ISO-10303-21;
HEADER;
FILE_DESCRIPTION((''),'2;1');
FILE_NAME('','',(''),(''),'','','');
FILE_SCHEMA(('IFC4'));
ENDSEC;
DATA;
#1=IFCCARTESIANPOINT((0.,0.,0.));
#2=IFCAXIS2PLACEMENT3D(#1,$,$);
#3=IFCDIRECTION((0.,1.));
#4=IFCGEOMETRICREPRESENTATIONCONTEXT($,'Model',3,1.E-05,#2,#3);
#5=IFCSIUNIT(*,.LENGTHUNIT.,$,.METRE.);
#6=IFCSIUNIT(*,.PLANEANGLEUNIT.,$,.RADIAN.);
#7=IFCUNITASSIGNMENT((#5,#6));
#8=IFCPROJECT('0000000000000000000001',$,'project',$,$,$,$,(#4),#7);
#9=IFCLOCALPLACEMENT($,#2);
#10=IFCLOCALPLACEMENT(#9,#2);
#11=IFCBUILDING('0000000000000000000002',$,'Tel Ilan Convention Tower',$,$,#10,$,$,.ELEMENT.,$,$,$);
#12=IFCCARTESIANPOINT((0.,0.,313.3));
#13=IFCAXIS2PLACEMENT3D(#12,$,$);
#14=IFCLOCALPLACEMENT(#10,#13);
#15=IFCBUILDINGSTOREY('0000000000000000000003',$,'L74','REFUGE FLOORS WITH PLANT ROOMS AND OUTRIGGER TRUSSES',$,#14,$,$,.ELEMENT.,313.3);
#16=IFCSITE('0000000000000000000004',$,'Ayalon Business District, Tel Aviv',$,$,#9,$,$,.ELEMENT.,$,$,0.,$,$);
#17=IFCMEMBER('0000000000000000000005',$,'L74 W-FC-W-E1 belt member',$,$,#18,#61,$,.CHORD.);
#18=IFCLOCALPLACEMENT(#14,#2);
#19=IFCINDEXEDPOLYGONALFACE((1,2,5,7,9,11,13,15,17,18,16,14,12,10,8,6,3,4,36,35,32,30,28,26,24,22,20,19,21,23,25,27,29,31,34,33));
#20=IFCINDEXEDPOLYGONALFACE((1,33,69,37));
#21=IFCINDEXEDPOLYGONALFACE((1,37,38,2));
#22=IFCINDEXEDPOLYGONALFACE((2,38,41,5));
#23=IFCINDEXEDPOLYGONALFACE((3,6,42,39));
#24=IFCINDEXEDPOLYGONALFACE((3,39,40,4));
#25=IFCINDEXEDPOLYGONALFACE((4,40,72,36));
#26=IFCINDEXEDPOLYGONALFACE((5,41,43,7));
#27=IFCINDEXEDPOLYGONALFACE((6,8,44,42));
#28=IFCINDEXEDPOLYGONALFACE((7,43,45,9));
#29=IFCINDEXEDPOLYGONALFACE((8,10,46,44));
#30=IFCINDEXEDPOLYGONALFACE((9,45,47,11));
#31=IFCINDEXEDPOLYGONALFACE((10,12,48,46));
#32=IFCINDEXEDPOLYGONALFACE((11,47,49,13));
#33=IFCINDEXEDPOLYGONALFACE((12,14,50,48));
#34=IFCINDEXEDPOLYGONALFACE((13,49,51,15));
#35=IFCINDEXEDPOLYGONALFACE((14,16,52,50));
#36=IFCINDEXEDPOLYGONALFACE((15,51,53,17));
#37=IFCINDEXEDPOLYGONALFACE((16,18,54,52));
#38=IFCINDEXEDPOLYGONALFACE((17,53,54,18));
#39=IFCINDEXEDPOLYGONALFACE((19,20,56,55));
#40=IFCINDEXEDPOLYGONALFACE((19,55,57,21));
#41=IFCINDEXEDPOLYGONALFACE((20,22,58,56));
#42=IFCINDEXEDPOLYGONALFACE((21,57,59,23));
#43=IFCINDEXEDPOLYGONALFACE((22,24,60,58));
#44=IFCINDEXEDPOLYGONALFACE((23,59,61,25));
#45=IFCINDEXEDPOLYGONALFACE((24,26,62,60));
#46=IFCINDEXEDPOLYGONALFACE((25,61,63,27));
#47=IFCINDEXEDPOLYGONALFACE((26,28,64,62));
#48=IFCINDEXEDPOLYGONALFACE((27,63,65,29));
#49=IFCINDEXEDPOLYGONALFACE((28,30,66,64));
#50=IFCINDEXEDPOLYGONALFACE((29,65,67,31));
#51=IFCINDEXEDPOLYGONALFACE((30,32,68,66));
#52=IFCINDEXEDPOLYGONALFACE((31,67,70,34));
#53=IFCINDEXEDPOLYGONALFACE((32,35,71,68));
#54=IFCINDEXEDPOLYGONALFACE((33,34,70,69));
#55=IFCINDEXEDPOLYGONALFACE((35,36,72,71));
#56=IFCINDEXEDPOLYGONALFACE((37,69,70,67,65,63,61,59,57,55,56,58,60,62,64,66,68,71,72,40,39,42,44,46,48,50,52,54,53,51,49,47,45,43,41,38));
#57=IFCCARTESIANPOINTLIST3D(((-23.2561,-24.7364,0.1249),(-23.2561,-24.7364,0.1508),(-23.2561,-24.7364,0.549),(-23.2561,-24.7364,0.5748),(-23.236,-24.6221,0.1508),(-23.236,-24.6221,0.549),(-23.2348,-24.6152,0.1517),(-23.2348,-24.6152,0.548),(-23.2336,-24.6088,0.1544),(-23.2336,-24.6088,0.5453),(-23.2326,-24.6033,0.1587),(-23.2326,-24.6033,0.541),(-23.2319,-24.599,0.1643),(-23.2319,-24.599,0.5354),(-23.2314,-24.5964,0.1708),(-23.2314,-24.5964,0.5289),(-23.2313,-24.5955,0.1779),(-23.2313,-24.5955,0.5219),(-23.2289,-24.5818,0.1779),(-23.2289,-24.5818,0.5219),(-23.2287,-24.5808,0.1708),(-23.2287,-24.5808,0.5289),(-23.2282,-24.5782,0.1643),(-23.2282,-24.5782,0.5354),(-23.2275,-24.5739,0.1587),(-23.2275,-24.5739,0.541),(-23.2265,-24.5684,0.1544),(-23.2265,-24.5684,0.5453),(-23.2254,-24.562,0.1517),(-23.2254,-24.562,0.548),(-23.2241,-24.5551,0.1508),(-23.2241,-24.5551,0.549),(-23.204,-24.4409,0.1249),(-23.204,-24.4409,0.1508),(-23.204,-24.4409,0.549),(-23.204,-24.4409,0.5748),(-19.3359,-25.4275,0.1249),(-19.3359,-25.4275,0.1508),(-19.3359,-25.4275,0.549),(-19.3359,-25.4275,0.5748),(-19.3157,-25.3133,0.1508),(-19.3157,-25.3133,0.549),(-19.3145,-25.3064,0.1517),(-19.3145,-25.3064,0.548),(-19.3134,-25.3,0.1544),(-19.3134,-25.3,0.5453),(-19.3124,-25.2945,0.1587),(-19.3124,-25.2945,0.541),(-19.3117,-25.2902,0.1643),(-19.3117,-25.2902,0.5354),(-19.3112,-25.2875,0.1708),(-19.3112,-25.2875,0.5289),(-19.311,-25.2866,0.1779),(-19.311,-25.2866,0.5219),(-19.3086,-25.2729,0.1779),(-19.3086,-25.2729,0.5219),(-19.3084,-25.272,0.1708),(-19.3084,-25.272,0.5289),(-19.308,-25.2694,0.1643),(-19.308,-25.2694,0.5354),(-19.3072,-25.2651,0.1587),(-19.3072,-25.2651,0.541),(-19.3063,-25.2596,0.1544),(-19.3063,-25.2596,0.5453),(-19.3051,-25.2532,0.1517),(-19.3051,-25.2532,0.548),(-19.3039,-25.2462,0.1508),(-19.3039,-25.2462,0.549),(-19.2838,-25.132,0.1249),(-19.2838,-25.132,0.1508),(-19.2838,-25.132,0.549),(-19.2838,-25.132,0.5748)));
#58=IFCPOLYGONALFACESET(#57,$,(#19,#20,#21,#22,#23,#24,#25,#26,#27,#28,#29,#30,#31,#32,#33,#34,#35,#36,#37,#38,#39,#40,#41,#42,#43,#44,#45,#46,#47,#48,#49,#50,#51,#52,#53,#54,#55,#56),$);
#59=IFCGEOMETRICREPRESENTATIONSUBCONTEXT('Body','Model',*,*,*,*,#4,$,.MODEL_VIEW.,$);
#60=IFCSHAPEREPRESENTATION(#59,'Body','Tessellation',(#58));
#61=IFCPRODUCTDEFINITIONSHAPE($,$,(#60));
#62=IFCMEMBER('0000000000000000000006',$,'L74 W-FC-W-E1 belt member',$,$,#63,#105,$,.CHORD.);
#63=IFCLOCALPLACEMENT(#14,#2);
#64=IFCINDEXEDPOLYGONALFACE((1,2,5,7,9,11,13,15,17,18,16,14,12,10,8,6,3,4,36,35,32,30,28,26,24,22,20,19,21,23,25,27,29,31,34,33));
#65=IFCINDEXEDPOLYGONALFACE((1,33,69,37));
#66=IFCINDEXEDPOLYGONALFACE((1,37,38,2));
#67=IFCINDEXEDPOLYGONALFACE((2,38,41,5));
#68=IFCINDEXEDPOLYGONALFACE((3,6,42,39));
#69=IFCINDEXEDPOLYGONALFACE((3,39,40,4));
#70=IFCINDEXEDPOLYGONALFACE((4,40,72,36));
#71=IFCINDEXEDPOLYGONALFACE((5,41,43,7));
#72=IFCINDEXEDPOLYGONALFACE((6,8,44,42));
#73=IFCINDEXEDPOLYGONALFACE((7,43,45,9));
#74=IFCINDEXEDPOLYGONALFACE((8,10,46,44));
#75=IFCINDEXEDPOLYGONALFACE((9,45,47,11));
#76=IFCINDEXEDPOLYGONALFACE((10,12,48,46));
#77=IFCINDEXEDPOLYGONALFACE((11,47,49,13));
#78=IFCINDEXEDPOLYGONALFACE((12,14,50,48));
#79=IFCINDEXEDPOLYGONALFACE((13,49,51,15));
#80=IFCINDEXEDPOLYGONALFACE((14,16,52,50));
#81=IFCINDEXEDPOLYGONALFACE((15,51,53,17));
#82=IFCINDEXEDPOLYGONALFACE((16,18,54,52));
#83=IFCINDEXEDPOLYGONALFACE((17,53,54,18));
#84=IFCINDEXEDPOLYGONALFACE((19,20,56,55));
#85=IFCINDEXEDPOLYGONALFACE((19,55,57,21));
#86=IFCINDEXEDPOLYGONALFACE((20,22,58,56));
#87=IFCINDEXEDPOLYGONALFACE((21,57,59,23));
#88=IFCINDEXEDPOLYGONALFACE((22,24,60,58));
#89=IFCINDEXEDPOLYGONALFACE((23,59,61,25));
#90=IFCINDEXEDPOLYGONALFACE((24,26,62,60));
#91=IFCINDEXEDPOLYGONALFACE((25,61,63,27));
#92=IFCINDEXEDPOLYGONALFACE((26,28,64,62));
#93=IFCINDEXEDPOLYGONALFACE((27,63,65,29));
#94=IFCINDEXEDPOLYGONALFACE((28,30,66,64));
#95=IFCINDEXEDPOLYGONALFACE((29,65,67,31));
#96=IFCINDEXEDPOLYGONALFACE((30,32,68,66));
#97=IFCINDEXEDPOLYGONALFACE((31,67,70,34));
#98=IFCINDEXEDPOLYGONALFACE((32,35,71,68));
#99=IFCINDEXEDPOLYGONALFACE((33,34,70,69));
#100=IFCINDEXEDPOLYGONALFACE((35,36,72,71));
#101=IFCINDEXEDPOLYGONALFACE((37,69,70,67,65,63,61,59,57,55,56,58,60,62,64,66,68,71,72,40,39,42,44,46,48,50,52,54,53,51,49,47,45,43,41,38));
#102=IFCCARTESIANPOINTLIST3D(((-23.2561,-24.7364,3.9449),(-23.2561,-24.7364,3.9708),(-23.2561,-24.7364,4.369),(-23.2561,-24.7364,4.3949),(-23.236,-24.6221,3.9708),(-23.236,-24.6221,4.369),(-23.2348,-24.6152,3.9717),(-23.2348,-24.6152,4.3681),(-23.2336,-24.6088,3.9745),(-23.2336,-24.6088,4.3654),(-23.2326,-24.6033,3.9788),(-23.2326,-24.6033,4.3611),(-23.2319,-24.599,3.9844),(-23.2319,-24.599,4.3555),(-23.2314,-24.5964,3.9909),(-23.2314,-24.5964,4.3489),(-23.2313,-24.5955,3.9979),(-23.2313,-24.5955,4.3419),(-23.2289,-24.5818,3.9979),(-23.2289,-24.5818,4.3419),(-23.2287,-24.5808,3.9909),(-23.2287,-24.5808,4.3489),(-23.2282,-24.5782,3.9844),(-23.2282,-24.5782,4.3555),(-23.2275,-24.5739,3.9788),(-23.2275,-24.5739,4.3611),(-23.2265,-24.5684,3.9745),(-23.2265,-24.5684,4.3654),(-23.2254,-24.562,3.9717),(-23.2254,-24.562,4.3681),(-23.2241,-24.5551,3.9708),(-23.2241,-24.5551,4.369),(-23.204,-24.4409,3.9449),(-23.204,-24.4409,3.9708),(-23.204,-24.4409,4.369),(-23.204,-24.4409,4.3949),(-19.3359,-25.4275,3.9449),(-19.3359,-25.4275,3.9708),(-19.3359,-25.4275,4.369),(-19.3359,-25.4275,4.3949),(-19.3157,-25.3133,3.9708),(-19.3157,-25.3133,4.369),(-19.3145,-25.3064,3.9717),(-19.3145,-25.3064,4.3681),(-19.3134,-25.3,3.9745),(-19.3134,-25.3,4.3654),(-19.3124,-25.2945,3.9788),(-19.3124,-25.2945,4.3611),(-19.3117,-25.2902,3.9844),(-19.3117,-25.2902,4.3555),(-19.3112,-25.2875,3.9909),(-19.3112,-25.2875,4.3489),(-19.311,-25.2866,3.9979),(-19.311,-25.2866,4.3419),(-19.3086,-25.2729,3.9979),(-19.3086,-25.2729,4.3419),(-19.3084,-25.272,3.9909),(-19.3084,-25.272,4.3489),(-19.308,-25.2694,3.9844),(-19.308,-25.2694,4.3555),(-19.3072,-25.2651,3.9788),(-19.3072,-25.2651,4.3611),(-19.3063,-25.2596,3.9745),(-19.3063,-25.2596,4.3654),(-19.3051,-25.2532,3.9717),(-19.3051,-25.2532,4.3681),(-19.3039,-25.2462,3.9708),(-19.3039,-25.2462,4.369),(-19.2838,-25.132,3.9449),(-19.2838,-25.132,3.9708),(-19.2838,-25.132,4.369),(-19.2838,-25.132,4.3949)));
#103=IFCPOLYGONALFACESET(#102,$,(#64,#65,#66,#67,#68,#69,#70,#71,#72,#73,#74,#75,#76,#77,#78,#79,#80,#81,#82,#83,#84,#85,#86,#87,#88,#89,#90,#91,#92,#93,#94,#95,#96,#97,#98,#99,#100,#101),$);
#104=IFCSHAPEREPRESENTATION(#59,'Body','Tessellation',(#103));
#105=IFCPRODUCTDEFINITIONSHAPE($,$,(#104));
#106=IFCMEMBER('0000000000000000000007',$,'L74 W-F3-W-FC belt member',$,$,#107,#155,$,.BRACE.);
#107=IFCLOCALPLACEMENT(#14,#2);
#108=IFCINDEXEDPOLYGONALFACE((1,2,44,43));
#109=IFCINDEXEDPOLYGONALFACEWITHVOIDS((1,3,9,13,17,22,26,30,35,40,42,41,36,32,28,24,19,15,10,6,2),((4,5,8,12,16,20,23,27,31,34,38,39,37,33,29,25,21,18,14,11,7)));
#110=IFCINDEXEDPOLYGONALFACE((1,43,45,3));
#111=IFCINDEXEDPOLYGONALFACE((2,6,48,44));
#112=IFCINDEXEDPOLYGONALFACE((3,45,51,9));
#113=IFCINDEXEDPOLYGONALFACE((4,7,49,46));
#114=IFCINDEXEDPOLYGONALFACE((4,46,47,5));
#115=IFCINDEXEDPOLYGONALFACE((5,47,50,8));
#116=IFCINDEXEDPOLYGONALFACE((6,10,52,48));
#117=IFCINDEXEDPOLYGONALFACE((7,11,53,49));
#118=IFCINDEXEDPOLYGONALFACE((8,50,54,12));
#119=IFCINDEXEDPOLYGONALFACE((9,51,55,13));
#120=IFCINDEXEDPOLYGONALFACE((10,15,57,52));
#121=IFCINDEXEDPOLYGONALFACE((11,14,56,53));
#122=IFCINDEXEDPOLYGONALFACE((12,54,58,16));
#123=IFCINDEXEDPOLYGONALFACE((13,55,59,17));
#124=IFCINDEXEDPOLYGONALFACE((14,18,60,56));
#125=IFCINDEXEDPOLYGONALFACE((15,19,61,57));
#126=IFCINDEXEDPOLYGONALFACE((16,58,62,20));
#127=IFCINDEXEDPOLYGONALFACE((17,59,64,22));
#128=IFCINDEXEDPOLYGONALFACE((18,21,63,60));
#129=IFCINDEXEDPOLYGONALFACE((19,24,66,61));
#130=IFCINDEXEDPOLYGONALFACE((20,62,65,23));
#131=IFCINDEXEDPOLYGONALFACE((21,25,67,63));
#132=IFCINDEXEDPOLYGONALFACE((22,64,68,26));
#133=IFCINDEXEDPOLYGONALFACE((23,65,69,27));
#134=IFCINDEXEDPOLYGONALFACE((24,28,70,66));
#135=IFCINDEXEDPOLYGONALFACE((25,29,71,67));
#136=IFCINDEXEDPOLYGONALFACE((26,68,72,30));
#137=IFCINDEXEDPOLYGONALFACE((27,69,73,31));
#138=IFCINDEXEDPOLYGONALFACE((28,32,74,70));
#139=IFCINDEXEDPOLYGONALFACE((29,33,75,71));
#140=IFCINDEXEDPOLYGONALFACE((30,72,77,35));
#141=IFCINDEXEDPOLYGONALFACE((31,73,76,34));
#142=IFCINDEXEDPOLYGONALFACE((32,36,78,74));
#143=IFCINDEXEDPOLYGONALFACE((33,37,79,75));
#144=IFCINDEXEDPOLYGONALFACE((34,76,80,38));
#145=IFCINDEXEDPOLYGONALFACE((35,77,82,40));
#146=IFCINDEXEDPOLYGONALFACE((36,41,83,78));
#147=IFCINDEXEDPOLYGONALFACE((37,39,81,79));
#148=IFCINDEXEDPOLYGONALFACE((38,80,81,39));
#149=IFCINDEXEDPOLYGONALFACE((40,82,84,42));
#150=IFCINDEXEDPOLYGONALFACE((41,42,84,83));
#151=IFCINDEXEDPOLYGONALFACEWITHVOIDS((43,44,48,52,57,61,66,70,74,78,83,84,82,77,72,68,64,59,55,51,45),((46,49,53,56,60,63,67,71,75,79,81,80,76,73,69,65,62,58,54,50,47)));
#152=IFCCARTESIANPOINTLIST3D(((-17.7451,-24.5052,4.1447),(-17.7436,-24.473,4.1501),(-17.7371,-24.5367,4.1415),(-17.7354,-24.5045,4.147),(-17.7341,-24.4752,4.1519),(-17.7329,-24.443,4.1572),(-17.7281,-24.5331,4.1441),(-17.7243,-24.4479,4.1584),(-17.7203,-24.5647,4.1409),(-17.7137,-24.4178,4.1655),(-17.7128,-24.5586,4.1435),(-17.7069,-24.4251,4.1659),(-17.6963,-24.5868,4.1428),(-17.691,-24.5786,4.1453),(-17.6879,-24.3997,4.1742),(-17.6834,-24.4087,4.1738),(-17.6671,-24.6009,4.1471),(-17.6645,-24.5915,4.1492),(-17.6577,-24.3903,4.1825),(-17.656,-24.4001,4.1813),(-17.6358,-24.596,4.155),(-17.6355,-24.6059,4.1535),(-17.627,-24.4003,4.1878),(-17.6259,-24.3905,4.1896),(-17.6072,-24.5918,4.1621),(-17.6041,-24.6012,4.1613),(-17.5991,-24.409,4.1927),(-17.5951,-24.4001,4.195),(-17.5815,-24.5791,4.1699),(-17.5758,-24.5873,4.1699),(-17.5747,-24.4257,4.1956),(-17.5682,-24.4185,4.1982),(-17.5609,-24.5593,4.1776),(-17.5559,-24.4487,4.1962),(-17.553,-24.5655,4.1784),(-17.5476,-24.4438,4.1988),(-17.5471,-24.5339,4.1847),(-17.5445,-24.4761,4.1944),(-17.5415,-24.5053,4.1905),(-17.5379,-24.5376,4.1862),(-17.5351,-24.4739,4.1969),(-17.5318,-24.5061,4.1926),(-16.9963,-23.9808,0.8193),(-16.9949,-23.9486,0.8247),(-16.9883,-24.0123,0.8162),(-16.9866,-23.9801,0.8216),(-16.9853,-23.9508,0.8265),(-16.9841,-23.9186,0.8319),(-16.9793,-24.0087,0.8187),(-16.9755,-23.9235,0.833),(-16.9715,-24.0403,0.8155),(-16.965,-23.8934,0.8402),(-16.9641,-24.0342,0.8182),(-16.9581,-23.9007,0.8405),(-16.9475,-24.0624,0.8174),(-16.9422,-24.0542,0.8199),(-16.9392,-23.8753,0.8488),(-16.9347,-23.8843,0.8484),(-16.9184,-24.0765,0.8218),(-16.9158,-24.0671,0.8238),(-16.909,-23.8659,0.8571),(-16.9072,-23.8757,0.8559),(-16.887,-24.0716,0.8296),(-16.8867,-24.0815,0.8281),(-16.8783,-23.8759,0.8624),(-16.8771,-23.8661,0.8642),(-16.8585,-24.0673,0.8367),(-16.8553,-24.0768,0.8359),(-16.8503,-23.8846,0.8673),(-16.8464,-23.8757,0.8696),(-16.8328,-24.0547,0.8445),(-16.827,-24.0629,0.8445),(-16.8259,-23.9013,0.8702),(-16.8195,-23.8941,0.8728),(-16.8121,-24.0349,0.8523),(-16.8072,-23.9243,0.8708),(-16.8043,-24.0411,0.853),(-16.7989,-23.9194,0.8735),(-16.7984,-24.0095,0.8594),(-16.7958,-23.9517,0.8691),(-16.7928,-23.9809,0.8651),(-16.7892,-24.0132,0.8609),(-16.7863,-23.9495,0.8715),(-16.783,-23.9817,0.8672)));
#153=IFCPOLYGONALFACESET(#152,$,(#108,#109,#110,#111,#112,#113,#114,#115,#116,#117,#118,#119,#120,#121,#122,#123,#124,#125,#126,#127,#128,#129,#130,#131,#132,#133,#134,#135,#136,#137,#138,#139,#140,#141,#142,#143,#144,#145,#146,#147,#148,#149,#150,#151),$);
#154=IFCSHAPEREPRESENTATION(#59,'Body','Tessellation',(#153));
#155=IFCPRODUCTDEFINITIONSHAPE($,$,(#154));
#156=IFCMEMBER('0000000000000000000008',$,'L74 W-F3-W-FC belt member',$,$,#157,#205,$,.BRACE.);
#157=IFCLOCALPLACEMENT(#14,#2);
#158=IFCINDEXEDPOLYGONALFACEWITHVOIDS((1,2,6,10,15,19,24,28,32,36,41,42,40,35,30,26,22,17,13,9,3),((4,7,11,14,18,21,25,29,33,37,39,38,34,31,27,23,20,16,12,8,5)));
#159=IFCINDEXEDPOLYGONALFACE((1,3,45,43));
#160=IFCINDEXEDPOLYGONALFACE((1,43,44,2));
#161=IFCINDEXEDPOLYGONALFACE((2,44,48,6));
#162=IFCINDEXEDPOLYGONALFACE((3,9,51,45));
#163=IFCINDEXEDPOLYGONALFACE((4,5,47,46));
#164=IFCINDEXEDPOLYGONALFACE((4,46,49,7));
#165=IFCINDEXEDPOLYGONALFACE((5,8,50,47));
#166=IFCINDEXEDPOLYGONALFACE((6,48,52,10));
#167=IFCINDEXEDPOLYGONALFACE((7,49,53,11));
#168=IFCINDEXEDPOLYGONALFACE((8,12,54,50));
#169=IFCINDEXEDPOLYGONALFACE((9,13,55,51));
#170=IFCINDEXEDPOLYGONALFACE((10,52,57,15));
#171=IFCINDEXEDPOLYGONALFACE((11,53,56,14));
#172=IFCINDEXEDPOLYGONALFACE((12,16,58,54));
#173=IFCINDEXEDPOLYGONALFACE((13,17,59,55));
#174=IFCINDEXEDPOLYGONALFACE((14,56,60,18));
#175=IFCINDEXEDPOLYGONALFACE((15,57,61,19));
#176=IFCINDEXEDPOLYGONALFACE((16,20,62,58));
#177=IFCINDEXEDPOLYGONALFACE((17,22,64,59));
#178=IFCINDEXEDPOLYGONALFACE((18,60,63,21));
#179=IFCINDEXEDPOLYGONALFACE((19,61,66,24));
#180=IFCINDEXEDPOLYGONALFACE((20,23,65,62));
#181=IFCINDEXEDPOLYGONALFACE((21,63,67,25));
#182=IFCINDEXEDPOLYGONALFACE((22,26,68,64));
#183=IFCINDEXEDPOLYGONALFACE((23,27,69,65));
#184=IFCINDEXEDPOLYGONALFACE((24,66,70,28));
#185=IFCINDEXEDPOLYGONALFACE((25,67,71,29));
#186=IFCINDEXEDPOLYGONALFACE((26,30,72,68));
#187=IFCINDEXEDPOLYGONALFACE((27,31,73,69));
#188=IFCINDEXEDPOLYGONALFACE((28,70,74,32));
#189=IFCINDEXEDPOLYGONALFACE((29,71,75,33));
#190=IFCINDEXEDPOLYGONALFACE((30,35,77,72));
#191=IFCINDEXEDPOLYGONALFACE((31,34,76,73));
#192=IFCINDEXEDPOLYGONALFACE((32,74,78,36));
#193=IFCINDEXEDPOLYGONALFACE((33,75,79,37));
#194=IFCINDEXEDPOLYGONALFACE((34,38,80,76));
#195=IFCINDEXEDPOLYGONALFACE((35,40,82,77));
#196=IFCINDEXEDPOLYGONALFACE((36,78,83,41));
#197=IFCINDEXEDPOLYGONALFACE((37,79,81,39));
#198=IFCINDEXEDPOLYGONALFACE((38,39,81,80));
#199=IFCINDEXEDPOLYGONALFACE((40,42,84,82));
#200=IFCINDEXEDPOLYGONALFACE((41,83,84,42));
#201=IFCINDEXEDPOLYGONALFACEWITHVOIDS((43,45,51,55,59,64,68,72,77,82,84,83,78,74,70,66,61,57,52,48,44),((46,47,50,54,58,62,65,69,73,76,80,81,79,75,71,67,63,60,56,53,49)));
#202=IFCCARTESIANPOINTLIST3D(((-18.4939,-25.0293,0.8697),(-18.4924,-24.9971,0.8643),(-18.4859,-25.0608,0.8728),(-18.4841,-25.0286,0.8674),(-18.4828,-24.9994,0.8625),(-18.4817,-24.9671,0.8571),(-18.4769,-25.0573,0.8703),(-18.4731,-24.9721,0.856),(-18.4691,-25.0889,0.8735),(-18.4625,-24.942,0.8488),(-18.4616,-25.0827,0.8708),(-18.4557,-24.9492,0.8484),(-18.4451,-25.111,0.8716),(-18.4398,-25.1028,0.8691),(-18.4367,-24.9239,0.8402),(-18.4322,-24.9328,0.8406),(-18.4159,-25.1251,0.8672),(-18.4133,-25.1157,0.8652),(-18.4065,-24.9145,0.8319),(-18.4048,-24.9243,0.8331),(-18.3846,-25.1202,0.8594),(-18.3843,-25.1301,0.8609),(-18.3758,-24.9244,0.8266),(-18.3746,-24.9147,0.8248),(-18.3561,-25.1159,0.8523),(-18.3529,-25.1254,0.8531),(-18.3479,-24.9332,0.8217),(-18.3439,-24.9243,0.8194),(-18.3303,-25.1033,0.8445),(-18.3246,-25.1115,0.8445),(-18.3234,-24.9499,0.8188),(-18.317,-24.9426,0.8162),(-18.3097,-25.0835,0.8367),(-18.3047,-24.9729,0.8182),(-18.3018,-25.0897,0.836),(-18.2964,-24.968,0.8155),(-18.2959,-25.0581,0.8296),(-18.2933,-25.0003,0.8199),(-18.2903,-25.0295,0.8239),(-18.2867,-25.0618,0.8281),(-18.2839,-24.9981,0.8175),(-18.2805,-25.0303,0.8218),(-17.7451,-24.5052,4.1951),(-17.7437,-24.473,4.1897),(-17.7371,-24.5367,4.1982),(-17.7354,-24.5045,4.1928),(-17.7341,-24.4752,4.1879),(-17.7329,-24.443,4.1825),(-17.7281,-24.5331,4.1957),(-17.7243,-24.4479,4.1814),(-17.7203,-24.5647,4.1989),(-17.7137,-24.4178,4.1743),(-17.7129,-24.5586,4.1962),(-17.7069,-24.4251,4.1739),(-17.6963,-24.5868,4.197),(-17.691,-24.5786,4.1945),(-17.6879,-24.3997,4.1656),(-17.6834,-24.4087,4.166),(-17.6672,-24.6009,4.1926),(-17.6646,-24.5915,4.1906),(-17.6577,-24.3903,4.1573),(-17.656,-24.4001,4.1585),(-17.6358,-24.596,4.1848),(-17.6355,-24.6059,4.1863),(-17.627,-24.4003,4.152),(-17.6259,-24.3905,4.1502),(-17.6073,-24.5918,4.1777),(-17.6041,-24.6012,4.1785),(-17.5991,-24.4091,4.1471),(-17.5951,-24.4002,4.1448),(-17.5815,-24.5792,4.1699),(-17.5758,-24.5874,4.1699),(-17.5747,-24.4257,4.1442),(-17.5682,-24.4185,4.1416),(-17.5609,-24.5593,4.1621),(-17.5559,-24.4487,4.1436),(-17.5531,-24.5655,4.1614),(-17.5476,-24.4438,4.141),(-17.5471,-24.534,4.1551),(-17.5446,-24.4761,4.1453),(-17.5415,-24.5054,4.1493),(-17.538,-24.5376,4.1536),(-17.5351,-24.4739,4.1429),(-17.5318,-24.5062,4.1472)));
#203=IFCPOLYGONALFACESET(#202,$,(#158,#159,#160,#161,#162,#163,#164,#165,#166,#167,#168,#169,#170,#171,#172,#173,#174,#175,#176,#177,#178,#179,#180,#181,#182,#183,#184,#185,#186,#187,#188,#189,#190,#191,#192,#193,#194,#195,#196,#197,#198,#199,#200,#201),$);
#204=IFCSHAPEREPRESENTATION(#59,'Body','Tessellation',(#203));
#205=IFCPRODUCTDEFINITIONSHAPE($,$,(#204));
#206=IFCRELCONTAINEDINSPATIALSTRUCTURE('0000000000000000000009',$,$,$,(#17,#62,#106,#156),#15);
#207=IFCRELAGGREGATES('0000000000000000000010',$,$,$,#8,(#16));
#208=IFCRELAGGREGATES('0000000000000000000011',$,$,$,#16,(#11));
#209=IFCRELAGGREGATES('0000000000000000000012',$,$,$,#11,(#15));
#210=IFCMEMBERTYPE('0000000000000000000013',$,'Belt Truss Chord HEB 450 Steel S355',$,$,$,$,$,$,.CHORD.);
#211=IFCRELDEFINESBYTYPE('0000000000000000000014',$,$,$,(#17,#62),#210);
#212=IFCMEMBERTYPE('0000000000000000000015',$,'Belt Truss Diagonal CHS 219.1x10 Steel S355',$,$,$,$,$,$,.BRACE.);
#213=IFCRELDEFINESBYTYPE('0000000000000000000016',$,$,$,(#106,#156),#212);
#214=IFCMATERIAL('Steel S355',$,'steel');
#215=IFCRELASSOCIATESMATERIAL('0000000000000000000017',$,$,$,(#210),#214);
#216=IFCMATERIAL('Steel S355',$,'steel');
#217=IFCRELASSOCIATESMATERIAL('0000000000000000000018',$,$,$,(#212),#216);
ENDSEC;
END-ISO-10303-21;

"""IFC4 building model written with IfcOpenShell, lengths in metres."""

from ifc_helpers import new_model, si_unit, direction, frame, origin, origin_2d, place, context, subcontext, project, spatial, hollow_circle, i_section, extrude, material, material_profile, profile_set, type_object, element, save


model = new_model("IFC4")

# Units and contexts
model_context = context("Model", 3, precision=1e-05, world=origin(), true_north=direction((0.0, 1.0)))
body_context = subcontext(model_context, "Body", "Model", "MODEL_VIEW")
ifc_project = project(units=[si_unit("LENGTHUNIT", "METRE"), si_unit("PLANEANGLEUNIT", "RADIAN")], contexts=[model_context])

# Site, building, storey
site_placement = place(None, origin())
site = spatial("IfcSite", under=ifc_project, at=site_placement, Name="Ayalon Business District, Tel Aviv", CompositionType="ELEMENT", RefElevation=0.0)
building_placement = place(site_placement, origin())
building = spatial("IfcBuilding", under=site, at=building_placement, Name="Tel Ilan Convention Tower", CompositionType="ELEMENT")
storey_placement = place(building_placement, frame((0.0, 0.0, 313.3)))
storey = spatial("IfcBuildingStorey", under=building, at=storey_placement, Name="L74", Description="REFUGE FLOORS WITH PLANT ROOMS AND OUTRIGGER TRUSSES", CompositionType="ELEMENT", Elevation=313.3)

# Members
ifc_material_1 = material(Name="Steel S355", Category="steel")
ifc_material_profile_1 = material_profile(ifc_material_1, i_section(OverallWidth=0.3, OverallDepth=0.45, WebThickness=0.0139, FlangeThickness=0.0259, FilletRadius=0.0271, at=origin_2d()), Name="HEB 450")
ifc_profile_set_1 = profile_set([ifc_material_profile_1], Name="Steel S355")
member_type_1 = type_object("IfcMemberType", Name="Belt Truss Chord HEB 450 Steel S355", PredefinedType="CHORD", material=ifc_profile_set_1)
for number, where, z_axis, x_axis, name in (
    (1, (-19.3098, -25.2798, 0.3499), (-0.984811, 0.173631, 0.0), (-0.173631, -0.984811, 0.0), "L74 W-FC-W-E1 belt member"),
    (2, (-19.3098, -25.2798, 4.1699), (-0.984811, 0.173631, 0.0), (-0.173631, -0.984811, 0.0), "L74 W-FC-W-E1 belt member"),
):
    element("IfcMember", number, at=place(storey_placement, frame(where, z_axis=z_axis, x_axis=x_axis)), inside=storey, type_object=member_type_1, Name=name, PredefinedType="CHORD", context=body_context, shape_type="SweptSolid", body=[
        extrude(i_section(OverallWidth=0.3, OverallDepth=0.45, WebThickness=0.0139, FlangeThickness=0.0259, FilletRadius=0.0271, at=origin_2d()), origin(), (0.0, 0.0, 1.0), 3.9807),
    ])
ifc_material_2 = material(Name="Steel S355", Category="steel")
ifc_material_profile_2 = material_profile(ifc_material_2, hollow_circle(Radius=0.1096, WallThickness=0.01, at=origin_2d()), Name="CHS 219.1x10")
ifc_profile_set_2 = profile_set([ifc_material_profile_2], Name="Steel S355")
member_type_2 = type_object("IfcMemberType", Name="Belt Truss Diagonal CHS 219.1x10 Steel S355", PredefinedType="BRACE", material=ifc_profile_set_2)
for number, where, z_axis, x_axis, name in (
    (3, (-16.8899, -23.9731, 0.8445), (-0.217113, -0.152057, 0.964231), (0.573659, -0.819094, 0.0), "L74 W-F3-W-FC belt member"),
    (4, (-17.6387, -24.4976, 4.1699), (-0.217115, -0.151988, -0.964241), (0.57348, -0.819219, 0.0), "L74 W-F3-W-FC belt member"),
):
    element("IfcMember", number, at=place(storey_placement, frame(where, z_axis=z_axis, x_axis=x_axis)), inside=storey, type_object=member_type_2, Name=name, PredefinedType="BRACE", context=body_context, shape_type="SweptSolid", body=[
        extrude(hollow_circle(Radius=0.1096, WallThickness=0.01, at=origin_2d()), origin(), (0.0, 0.0, 1.0), 3.4487),
    ])

save(model, "model.ifc")
